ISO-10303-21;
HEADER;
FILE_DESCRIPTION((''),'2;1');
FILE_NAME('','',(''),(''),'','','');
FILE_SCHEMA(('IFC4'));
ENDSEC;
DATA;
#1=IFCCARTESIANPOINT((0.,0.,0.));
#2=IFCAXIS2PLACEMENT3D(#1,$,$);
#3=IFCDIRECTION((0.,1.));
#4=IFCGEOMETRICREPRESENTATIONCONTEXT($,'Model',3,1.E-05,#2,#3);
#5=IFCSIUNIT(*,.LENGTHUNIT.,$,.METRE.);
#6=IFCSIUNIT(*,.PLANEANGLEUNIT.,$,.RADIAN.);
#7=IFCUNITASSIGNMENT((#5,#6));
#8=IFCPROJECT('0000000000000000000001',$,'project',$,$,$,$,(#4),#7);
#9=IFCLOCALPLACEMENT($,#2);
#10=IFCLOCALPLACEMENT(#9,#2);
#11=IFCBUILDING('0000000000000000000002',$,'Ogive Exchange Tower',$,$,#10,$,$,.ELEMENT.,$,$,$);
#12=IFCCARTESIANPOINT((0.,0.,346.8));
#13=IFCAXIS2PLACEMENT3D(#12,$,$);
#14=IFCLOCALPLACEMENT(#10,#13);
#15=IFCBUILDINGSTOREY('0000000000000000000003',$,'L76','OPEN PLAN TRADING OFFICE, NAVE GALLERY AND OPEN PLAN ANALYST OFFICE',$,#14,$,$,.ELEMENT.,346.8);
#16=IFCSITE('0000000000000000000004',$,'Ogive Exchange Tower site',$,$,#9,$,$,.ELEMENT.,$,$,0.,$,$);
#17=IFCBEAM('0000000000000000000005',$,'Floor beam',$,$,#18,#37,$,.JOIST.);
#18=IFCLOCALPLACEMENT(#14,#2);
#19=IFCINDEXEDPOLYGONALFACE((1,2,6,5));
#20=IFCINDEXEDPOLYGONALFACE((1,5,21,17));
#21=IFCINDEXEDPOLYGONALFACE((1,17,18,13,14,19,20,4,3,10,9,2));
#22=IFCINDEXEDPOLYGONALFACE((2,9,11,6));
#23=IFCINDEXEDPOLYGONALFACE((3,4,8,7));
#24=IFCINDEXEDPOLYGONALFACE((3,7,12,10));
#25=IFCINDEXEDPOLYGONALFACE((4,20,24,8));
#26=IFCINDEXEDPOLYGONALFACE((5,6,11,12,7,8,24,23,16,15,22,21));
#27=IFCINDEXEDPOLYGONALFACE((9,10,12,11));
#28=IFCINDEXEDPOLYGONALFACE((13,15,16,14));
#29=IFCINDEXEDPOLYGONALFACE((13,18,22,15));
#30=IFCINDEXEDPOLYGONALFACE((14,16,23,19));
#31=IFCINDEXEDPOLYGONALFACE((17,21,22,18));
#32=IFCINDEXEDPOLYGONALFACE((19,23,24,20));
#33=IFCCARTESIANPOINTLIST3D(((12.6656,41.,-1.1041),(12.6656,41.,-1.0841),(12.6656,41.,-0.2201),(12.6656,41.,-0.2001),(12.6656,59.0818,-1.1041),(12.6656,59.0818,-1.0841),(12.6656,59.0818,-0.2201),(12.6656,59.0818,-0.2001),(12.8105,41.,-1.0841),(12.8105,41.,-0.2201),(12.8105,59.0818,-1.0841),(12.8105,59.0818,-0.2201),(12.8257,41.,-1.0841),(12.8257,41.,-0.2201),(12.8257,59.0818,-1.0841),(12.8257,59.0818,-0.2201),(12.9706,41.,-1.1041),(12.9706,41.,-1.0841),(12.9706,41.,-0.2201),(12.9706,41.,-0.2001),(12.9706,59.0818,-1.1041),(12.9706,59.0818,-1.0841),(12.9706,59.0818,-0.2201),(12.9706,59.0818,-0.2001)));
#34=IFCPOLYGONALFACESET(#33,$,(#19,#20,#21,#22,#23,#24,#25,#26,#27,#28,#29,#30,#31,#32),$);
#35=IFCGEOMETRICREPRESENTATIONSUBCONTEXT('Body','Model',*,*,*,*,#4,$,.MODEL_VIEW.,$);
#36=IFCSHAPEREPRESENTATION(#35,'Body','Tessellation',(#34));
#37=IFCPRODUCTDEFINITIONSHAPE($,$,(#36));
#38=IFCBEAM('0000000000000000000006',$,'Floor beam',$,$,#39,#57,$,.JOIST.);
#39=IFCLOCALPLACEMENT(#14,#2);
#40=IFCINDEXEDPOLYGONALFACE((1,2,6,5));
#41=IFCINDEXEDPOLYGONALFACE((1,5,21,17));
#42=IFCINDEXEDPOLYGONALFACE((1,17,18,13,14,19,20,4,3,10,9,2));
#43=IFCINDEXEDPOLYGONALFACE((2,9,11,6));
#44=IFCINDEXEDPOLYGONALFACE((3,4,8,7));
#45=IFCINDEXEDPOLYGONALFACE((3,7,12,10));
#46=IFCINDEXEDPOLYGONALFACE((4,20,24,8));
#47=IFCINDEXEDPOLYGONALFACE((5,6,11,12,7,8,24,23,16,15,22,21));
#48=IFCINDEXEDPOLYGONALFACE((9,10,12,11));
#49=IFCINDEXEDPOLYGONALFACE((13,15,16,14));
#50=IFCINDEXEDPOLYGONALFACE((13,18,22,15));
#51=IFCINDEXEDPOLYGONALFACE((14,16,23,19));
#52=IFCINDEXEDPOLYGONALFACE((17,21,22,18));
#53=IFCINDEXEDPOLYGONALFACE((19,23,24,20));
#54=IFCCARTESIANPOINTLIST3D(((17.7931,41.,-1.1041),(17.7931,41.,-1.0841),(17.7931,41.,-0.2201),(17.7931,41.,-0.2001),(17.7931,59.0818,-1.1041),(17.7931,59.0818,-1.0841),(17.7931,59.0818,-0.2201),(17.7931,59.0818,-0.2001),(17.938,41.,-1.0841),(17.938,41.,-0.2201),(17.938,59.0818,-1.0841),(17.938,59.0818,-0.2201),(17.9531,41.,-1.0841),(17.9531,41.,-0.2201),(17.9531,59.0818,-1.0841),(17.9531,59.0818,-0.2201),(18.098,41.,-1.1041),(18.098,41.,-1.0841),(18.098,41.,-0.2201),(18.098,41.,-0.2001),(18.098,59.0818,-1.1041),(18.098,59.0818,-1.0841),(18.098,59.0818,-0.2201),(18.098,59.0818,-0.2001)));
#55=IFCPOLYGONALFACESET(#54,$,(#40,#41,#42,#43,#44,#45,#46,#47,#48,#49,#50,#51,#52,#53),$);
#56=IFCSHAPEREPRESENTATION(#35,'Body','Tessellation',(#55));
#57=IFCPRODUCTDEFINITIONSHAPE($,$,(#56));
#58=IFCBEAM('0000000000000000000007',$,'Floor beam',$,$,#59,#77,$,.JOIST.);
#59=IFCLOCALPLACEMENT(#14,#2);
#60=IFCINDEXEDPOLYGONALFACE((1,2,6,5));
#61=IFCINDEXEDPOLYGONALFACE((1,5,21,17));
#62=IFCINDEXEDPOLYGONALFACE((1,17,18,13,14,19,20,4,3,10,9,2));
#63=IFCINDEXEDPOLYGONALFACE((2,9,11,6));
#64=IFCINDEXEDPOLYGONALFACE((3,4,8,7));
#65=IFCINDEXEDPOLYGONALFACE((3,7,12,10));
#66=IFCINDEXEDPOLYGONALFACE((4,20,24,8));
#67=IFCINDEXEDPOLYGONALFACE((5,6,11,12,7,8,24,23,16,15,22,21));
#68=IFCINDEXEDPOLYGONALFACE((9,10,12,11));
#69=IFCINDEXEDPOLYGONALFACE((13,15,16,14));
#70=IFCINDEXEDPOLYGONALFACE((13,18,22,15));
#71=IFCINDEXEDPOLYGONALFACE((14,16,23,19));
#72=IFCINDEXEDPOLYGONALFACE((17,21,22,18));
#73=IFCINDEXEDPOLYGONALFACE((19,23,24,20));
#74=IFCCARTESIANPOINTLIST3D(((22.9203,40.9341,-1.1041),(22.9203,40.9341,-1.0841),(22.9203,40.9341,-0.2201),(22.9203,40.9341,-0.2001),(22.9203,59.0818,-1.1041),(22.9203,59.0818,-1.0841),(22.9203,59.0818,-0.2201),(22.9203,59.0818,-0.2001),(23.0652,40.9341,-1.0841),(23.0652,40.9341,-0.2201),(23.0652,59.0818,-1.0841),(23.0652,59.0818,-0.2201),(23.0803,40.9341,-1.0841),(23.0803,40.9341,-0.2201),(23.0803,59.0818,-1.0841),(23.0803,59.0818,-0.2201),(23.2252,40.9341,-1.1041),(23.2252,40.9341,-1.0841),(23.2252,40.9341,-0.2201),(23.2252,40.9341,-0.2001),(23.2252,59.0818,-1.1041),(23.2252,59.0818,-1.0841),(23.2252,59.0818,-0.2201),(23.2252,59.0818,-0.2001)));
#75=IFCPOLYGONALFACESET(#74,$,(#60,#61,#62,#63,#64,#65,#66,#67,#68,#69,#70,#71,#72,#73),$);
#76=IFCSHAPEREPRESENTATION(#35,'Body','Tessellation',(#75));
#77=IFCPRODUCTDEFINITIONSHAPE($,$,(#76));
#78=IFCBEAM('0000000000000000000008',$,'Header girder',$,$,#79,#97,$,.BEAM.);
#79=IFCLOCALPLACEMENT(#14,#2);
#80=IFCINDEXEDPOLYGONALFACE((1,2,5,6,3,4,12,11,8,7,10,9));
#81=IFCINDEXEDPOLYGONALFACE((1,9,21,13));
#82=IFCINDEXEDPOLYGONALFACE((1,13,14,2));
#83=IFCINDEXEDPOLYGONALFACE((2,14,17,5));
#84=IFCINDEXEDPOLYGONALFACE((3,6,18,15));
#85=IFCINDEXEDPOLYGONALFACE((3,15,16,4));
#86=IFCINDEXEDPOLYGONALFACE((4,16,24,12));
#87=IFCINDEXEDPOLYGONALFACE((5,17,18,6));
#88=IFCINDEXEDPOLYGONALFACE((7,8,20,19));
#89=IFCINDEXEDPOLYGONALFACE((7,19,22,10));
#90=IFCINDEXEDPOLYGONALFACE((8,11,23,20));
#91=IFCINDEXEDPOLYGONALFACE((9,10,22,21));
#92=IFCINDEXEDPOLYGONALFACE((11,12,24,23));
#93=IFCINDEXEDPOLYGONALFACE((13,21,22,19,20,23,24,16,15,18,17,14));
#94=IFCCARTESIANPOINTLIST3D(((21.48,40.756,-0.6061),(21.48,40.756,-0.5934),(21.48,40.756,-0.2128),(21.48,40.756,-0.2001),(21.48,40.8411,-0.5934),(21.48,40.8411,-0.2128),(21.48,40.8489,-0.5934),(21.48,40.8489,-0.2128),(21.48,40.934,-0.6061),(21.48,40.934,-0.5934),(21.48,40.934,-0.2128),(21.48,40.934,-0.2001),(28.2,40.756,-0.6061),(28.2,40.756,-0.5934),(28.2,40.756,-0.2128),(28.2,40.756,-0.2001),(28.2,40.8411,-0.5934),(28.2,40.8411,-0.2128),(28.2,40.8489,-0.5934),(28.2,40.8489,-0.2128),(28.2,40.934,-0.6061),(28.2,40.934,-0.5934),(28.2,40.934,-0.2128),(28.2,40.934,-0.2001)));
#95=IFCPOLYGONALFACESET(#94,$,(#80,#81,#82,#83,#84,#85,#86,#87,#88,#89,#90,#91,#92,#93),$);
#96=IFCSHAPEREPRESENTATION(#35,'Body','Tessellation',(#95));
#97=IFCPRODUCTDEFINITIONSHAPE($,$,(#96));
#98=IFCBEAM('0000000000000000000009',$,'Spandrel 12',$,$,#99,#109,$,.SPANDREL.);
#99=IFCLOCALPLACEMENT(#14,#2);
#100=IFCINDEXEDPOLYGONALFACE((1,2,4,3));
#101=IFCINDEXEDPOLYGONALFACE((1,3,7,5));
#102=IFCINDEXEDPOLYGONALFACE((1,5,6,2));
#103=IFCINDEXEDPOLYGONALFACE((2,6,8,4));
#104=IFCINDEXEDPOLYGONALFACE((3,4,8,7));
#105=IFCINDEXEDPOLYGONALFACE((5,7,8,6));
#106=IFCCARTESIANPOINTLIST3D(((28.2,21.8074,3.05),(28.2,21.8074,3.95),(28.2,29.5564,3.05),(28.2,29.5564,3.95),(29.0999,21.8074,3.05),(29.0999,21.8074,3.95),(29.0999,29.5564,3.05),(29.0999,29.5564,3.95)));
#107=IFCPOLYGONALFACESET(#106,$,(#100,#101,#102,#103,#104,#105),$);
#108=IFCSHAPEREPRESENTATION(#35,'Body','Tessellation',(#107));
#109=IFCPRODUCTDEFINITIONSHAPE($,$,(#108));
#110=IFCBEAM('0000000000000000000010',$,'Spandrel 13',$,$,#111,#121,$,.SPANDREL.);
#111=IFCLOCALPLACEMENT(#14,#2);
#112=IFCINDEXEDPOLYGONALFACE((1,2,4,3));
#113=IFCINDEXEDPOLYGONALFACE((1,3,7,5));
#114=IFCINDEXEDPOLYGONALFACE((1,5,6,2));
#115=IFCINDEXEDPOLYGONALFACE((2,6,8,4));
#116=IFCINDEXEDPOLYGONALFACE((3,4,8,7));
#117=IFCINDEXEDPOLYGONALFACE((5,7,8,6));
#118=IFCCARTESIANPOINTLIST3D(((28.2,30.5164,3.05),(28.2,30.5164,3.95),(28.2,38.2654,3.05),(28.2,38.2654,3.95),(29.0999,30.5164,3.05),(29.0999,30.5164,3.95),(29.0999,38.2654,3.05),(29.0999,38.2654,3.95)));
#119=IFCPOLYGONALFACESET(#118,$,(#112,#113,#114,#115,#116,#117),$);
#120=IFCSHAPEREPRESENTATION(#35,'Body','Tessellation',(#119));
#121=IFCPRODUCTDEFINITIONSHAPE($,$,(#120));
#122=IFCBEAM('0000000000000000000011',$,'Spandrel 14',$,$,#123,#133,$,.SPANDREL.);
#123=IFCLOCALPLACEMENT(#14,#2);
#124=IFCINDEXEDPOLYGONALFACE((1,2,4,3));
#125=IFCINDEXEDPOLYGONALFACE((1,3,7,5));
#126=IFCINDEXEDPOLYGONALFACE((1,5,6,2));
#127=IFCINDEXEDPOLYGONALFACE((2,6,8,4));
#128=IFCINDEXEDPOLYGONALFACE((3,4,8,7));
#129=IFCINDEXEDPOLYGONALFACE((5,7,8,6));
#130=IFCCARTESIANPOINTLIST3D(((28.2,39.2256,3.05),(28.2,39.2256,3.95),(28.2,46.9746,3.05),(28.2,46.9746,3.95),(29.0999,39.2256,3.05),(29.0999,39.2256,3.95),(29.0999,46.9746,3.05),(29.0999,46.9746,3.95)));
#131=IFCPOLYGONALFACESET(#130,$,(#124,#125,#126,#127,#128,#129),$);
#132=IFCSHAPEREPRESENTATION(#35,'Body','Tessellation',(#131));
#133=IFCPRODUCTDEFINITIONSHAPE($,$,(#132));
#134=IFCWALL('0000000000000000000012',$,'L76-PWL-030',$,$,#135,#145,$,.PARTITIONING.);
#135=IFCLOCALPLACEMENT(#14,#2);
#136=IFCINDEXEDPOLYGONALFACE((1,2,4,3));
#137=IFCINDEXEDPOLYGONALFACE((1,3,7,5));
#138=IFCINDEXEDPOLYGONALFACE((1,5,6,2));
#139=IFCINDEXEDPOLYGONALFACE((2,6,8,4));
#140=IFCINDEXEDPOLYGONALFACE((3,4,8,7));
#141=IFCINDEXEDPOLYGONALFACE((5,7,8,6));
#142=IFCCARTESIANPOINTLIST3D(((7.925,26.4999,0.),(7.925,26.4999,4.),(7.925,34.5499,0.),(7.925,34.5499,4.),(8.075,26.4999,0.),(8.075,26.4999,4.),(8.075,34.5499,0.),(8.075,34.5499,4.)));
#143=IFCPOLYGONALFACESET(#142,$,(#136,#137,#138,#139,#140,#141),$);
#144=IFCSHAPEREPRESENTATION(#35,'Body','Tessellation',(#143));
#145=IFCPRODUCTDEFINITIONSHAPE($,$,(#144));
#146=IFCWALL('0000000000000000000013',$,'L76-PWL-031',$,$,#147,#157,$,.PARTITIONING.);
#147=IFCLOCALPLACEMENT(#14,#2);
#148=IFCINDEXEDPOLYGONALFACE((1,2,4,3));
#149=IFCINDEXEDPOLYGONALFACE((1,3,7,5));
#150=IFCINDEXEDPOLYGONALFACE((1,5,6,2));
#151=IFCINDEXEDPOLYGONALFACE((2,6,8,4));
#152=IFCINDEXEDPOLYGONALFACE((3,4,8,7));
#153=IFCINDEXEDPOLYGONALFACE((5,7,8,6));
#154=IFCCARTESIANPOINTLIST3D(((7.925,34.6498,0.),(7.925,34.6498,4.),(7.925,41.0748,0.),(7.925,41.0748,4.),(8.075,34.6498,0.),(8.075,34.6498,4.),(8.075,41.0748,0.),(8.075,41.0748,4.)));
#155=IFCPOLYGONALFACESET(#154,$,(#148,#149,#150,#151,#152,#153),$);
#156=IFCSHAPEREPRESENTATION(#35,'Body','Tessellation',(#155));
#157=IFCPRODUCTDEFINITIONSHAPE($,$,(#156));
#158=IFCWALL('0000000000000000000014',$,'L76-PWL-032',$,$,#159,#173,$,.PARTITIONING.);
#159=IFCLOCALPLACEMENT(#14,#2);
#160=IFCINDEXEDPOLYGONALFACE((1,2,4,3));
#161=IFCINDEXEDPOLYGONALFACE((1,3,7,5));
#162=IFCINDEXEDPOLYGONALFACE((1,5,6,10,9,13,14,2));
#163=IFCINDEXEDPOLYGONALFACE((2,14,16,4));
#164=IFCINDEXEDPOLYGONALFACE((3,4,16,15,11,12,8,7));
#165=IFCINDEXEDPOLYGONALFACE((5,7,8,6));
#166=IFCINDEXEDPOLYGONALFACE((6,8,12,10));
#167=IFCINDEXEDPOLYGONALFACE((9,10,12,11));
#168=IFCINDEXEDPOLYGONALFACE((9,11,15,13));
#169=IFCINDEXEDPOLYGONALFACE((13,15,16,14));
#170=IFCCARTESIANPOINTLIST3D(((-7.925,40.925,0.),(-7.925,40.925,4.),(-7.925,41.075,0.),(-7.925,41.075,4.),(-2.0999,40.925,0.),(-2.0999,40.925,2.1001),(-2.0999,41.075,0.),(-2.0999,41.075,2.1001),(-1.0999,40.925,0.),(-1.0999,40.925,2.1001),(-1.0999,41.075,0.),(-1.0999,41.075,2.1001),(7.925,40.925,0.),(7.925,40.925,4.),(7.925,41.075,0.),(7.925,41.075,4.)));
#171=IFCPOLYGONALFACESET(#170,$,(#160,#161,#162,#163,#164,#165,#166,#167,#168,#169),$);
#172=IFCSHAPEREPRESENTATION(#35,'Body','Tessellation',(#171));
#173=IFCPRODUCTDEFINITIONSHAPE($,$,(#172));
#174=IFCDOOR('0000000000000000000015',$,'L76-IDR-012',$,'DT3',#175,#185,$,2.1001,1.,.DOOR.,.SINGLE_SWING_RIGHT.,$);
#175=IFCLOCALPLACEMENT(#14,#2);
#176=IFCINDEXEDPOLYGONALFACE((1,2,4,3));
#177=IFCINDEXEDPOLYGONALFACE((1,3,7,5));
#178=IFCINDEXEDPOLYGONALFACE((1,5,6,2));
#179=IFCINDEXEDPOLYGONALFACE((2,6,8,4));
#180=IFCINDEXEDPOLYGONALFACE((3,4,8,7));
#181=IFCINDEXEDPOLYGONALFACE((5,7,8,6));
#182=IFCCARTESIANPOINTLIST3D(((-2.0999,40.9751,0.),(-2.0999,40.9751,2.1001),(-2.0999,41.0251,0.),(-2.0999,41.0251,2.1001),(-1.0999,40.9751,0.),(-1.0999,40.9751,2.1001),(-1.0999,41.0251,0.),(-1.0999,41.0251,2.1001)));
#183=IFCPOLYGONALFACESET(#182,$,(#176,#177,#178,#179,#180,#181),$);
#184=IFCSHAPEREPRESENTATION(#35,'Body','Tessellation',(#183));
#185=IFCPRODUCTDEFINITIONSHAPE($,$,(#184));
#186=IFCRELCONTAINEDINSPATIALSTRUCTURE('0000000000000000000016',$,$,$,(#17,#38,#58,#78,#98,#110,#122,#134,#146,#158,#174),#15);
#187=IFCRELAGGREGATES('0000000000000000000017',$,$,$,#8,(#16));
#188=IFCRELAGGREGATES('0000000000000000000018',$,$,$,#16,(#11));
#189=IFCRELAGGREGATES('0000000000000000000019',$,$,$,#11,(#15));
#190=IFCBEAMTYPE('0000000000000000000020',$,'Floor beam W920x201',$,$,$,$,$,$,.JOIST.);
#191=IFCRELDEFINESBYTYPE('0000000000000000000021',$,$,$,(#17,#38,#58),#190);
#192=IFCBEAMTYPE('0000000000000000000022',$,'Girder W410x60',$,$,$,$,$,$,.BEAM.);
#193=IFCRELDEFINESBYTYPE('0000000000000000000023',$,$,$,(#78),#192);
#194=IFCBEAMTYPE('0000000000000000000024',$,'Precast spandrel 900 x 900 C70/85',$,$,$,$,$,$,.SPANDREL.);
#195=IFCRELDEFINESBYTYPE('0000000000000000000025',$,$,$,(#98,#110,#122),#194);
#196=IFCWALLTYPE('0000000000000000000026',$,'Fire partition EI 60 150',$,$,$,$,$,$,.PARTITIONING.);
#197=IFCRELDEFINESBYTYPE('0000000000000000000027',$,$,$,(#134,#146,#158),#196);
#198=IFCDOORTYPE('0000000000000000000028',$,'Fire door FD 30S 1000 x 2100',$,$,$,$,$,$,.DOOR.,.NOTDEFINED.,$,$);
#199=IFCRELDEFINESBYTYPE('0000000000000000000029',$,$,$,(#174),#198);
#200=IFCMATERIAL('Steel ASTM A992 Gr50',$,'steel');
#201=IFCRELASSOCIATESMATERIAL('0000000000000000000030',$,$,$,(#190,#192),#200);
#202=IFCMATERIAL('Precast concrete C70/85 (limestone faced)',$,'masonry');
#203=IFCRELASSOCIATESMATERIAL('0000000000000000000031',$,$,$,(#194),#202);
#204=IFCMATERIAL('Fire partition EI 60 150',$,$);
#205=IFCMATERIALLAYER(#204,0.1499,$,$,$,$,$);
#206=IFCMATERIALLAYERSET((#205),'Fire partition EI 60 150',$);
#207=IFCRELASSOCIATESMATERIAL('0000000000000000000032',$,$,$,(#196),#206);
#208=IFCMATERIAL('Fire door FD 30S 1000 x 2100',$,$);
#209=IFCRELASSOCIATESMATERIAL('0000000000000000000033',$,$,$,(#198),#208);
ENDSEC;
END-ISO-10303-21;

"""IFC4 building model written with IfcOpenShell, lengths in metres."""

from ifc_helpers import new_model, si_unit, direction, frame, frame_2d, origin, origin_2d, place, context, subcontext, project, spatial, rectangle, i_section, extrude, material, layer, layer_set, material_profile, profile_set, type_object, element, fill, save


model = new_model("IFC4")

# Units and contexts
model_context = context("Model", 3, precision=1e-05, world=origin(), true_north=direction((0.0, 1.0)))
body_context = subcontext(model_context, "Body", "Model", "MODEL_VIEW")
ifc_project = project(units=[si_unit("LENGTHUNIT", "METRE"), si_unit("PLANEANGLEUNIT", "RADIAN")], contexts=[model_context])

# Site, building, storey
site_placement = place(None, origin())
site = spatial("IfcSite", under=ifc_project, at=site_placement, Name="Ogive Exchange Tower site", CompositionType="ELEMENT", RefElevation=0.0)
building_placement = place(site_placement, origin())
building = spatial("IfcBuilding", under=site, at=building_placement, Name="Ogive Exchange Tower", CompositionType="ELEMENT")
storey_placement = place(building_placement, frame((0.0, 0.0, 346.8)))
storey = spatial("IfcBuildingStorey", under=building, at=storey_placement, Name="L76", Description="OPEN PLAN TRADING OFFICE, NAVE GALLERY AND OPEN PLAN ANALYST OFFICE", CompositionType="ELEMENT", Elevation=346.8)

# Shared definitions
ifc_material_1 = material(Name="Precast concrete C70/85 (limestone faced)", Category="masonry")

# Beams
ifc_material_2 = material(Name="Steel ASTM A992 Gr50", Category="steel")
ifc_material_profile_1 = material_profile(ifc_material_2, i_section(OverallWidth=0.3049, OverallDepth=0.9041, WebThickness=0.0151, FlangeThickness=0.02, at=origin_2d()), Name="W920x201")
ifc_profile_set_1 = profile_set([ifc_material_profile_1], Name="Steel ASTM A992 Gr50")
beam_type_1 = type_object("IfcBeamType", Name="Floor beam W920x201", PredefinedType="JOIST", material=ifc_profile_set_1)
for number, where, z_axis, x_axis, name in (
    (1, (12.8181, 41.0, -0.6521), (0.0, 1.0, 0.0), (-1.0, 0.0, 0.0), "Floor beam"),
    (2, (17.9456, 41.0, -0.6521), (0.0, 1.0, 0.0), (-1.0, 0.0, 0.0), "Floor beam"),
):
    element("IfcBeam", number, at=place(storey_placement, frame(where, z_axis=z_axis, x_axis=x_axis)), inside=storey, type_object=beam_type_1, Name=name, PredefinedType="JOIST", context=body_context, shape_type="SweptSolid", body=[
        extrude(i_section(OverallWidth=0.3049, OverallDepth=0.9041, WebThickness=0.0151, FlangeThickness=0.02, at=origin_2d()), origin(), (0.0, 0.0, 1.0), 18.0818),
    ])
beam_1_placement = place(storey_placement, frame((23.0728, 40.9341, -0.6521), z_axis=(0.0, 1.0, 0.0), x_axis=(-1.0, 0.0, 0.0)))
element("IfcBeam", 3, at=beam_1_placement, inside=storey, type_object=beam_type_1, Name="Floor beam", PredefinedType="JOIST", context=body_context, shape_type="SweptSolid", body=[
    extrude(i_section(OverallWidth=0.3049, OverallDepth=0.9041, WebThickness=0.0151, FlangeThickness=0.02, at=origin_2d()), origin(), (0.0, 0.0, 1.0), 18.1477),
])
ifc_material_profile_2 = material_profile(ifc_material_2, i_section(OverallWidth=0.178, OverallDepth=0.406, WebThickness=0.0078, FlangeThickness=0.0127, at=origin_2d()), Name="W410x60")
ifc_profile_set_2 = profile_set([ifc_material_profile_2], Name="Steel ASTM A992 Gr50")
beam_type_2 = type_object("IfcBeamType", Name="Girder W410x60", PredefinedType="BEAM", material=ifc_profile_set_2)
beam_2_placement = place(storey_placement, frame((21.48, 40.845, -0.4031), z_axis=(1.0, 0.0, 0.0), x_axis=(0.0, 1.0, 0.0)))
element("IfcBeam", 4, at=beam_2_placement, inside=storey, type_object=beam_type_2, Name="Header girder", PredefinedType="BEAM", context=body_context, shape_type="SweptSolid", body=[
    extrude(i_section(OverallWidth=0.178, OverallDepth=0.406, WebThickness=0.0078, FlangeThickness=0.0127, at=origin_2d()), origin(), (0.0, 0.0, 1.0), 6.72),
])
ifc_material_profile_3 = material_profile(ifc_material_1, rectangle(XDim=0.8999, YDim=0.8999, at=origin_2d()), Name="900 x 900")
ifc_profile_set_3 = profile_set([ifc_material_profile_3], Name="Precast concrete C70/85 (limestone faced)")
beam_type_3 = type_object("IfcBeamType", Name="Precast spandrel 900 x 900 C70/85", PredefinedType="SPANDREL", material=ifc_profile_set_3)
for number, where, z_axis, x_axis, name in (
    (5, (28.6499, 21.8074, 3.5), (0.0, 1.0, 0.0), (-1.0, 0.0, 0.0), "Spandrel 12"),
    (6, (28.6499, 30.5164, 3.5), (0.0, 1.0, 0.0), (-1.0, 0.0, 0.0), "Spandrel 13"),
    (7, (28.6499, 39.2256, 3.5), (0.0, 1.0, 0.0), (-1.0, 0.0, 0.0), "Spandrel 14"),
):
    element("IfcBeam", number, at=place(storey_placement, frame(where, z_axis=z_axis, x_axis=x_axis)), inside=storey, type_object=beam_type_3, Name=name, PredefinedType="SPANDREL", context=body_context, shape_type="SweptSolid", body=[
        extrude(rectangle(XDim=0.8999, YDim=0.8999, at=origin_2d()), origin(), (0.0, 0.0, 1.0), 7.749),
    ])

# Walls
ifc_material_3 = material(Name="Fire partition EI 60 150")
ifc_layer_1 = layer(ifc_material_3, 0.1499)
ifc_layer_set_1 = layer_set([ifc_layer_1], Name="Fire partition EI 60 150")
wall_type_1 = type_object("IfcWallType", Name="Fire partition EI 60 150", PredefinedType="PARTITIONING", material=ifc_layer_set_1)
wall_1_placement = place(storey_placement, frame((8.0, 26.5, 0.0), z_axis=(0.0, 0.0, 1.0), x_axis=(0.0, 1.0, 0.0)))
element("IfcWall", 8, at=wall_1_placement, inside=storey, type_object=wall_type_1, Name="L76-PWL-030", PredefinedType="PARTITIONING", context=body_context, shape_type="SweptSolid", body=[
    extrude(rectangle(XDim=8.05, YDim=0.1499, at=frame_2d((4.0249, 0.0))), origin(), (0.0, 0.0, 1.0), 4.0),
])
wall_2_placement = place(storey_placement, frame((8.0, 34.6499, 0.0), z_axis=(0.0, 0.0, 1.0), x_axis=(0.0, 1.0, 0.0)))
element("IfcWall", 9, at=wall_2_placement, inside=storey, type_object=wall_type_1, Name="L76-PWL-031", PredefinedType="PARTITIONING", context=body_context, shape_type="SweptSolid", body=[
    extrude(rectangle(XDim=6.425, YDim=0.1499, at=frame_2d((3.2124, 0.0))), origin(), (0.0, 0.0, 1.0), 4.0),
])

# Wall, opening, door
wall_3_placement = place(storey_placement, frame((7.925, 41.0, 0.0), z_axis=(0.0, 0.0, 1.0), x_axis=(-1.0, 0.0, 0.0)))
wall_3 = element("IfcWall", 10, at=wall_3_placement, inside=storey, type_object=wall_type_1, Name="L76-PWL-032", PredefinedType="PARTITIONING", context=body_context, shape_type="SweptSolid", body=[
    extrude(rectangle(XDim=15.8501, YDim=0.1499, at=frame_2d((7.925, 0.0))), origin(), (0.0, 0.0, 1.0), 4.0),
])
opening_1_placement = place(wall_3_placement, frame((9.0249, 0.0, 0.0)))
opening_1 = element("IfcOpeningElement", 11, at=opening_1_placement, cuts=wall_3, PredefinedType="OPENING", context=body_context, shape_type="SweptSolid", body=[
    extrude(rectangle(XDim=1.0, YDim=2.1001, at=frame_2d((0.5, 1.05))), frame((0.0, 0.085, 0.0), z_axis=(0.0, -1.0, 0.0), x_axis=(1.0, 0.0, 0.0)), (0.0, 0.0, 1.0), 0.1699),
])
ifc_material_4 = material(Name="Fire door FD 30S 1000 x 2100")
door_type_1 = type_object("IfcDoorType", Name="Fire door FD 30S 1000 x 2100", OperationType="NOTDEFINED", PredefinedType="DOOR", material=ifc_material_4)
door_1_placement = place(opening_1_placement, origin())
door_1 = element("IfcDoor", 12, at=door_1_placement, inside=storey, type_object=door_type_1, Name="L76-IDR-012", ObjectType="DT3", OperationType="SINGLE_SWING_RIGHT", OverallHeight=2.1001, OverallWidth=1.0, PredefinedType="DOOR", context=body_context, shape_type="SweptSolid", body=[
    extrude(rectangle(XDim=1.0, YDim=2.1001, at=frame_2d((0.5, 1.05))), frame((0.0, 0.0249, 0.0), z_axis=(0.0, -1.0, 0.0), x_axis=(1.0, 0.0, 0.0)), (0.0, 0.0, 1.0), 0.05),
])
fill(opening_1, door_1)

save(model, "model.ifc")
